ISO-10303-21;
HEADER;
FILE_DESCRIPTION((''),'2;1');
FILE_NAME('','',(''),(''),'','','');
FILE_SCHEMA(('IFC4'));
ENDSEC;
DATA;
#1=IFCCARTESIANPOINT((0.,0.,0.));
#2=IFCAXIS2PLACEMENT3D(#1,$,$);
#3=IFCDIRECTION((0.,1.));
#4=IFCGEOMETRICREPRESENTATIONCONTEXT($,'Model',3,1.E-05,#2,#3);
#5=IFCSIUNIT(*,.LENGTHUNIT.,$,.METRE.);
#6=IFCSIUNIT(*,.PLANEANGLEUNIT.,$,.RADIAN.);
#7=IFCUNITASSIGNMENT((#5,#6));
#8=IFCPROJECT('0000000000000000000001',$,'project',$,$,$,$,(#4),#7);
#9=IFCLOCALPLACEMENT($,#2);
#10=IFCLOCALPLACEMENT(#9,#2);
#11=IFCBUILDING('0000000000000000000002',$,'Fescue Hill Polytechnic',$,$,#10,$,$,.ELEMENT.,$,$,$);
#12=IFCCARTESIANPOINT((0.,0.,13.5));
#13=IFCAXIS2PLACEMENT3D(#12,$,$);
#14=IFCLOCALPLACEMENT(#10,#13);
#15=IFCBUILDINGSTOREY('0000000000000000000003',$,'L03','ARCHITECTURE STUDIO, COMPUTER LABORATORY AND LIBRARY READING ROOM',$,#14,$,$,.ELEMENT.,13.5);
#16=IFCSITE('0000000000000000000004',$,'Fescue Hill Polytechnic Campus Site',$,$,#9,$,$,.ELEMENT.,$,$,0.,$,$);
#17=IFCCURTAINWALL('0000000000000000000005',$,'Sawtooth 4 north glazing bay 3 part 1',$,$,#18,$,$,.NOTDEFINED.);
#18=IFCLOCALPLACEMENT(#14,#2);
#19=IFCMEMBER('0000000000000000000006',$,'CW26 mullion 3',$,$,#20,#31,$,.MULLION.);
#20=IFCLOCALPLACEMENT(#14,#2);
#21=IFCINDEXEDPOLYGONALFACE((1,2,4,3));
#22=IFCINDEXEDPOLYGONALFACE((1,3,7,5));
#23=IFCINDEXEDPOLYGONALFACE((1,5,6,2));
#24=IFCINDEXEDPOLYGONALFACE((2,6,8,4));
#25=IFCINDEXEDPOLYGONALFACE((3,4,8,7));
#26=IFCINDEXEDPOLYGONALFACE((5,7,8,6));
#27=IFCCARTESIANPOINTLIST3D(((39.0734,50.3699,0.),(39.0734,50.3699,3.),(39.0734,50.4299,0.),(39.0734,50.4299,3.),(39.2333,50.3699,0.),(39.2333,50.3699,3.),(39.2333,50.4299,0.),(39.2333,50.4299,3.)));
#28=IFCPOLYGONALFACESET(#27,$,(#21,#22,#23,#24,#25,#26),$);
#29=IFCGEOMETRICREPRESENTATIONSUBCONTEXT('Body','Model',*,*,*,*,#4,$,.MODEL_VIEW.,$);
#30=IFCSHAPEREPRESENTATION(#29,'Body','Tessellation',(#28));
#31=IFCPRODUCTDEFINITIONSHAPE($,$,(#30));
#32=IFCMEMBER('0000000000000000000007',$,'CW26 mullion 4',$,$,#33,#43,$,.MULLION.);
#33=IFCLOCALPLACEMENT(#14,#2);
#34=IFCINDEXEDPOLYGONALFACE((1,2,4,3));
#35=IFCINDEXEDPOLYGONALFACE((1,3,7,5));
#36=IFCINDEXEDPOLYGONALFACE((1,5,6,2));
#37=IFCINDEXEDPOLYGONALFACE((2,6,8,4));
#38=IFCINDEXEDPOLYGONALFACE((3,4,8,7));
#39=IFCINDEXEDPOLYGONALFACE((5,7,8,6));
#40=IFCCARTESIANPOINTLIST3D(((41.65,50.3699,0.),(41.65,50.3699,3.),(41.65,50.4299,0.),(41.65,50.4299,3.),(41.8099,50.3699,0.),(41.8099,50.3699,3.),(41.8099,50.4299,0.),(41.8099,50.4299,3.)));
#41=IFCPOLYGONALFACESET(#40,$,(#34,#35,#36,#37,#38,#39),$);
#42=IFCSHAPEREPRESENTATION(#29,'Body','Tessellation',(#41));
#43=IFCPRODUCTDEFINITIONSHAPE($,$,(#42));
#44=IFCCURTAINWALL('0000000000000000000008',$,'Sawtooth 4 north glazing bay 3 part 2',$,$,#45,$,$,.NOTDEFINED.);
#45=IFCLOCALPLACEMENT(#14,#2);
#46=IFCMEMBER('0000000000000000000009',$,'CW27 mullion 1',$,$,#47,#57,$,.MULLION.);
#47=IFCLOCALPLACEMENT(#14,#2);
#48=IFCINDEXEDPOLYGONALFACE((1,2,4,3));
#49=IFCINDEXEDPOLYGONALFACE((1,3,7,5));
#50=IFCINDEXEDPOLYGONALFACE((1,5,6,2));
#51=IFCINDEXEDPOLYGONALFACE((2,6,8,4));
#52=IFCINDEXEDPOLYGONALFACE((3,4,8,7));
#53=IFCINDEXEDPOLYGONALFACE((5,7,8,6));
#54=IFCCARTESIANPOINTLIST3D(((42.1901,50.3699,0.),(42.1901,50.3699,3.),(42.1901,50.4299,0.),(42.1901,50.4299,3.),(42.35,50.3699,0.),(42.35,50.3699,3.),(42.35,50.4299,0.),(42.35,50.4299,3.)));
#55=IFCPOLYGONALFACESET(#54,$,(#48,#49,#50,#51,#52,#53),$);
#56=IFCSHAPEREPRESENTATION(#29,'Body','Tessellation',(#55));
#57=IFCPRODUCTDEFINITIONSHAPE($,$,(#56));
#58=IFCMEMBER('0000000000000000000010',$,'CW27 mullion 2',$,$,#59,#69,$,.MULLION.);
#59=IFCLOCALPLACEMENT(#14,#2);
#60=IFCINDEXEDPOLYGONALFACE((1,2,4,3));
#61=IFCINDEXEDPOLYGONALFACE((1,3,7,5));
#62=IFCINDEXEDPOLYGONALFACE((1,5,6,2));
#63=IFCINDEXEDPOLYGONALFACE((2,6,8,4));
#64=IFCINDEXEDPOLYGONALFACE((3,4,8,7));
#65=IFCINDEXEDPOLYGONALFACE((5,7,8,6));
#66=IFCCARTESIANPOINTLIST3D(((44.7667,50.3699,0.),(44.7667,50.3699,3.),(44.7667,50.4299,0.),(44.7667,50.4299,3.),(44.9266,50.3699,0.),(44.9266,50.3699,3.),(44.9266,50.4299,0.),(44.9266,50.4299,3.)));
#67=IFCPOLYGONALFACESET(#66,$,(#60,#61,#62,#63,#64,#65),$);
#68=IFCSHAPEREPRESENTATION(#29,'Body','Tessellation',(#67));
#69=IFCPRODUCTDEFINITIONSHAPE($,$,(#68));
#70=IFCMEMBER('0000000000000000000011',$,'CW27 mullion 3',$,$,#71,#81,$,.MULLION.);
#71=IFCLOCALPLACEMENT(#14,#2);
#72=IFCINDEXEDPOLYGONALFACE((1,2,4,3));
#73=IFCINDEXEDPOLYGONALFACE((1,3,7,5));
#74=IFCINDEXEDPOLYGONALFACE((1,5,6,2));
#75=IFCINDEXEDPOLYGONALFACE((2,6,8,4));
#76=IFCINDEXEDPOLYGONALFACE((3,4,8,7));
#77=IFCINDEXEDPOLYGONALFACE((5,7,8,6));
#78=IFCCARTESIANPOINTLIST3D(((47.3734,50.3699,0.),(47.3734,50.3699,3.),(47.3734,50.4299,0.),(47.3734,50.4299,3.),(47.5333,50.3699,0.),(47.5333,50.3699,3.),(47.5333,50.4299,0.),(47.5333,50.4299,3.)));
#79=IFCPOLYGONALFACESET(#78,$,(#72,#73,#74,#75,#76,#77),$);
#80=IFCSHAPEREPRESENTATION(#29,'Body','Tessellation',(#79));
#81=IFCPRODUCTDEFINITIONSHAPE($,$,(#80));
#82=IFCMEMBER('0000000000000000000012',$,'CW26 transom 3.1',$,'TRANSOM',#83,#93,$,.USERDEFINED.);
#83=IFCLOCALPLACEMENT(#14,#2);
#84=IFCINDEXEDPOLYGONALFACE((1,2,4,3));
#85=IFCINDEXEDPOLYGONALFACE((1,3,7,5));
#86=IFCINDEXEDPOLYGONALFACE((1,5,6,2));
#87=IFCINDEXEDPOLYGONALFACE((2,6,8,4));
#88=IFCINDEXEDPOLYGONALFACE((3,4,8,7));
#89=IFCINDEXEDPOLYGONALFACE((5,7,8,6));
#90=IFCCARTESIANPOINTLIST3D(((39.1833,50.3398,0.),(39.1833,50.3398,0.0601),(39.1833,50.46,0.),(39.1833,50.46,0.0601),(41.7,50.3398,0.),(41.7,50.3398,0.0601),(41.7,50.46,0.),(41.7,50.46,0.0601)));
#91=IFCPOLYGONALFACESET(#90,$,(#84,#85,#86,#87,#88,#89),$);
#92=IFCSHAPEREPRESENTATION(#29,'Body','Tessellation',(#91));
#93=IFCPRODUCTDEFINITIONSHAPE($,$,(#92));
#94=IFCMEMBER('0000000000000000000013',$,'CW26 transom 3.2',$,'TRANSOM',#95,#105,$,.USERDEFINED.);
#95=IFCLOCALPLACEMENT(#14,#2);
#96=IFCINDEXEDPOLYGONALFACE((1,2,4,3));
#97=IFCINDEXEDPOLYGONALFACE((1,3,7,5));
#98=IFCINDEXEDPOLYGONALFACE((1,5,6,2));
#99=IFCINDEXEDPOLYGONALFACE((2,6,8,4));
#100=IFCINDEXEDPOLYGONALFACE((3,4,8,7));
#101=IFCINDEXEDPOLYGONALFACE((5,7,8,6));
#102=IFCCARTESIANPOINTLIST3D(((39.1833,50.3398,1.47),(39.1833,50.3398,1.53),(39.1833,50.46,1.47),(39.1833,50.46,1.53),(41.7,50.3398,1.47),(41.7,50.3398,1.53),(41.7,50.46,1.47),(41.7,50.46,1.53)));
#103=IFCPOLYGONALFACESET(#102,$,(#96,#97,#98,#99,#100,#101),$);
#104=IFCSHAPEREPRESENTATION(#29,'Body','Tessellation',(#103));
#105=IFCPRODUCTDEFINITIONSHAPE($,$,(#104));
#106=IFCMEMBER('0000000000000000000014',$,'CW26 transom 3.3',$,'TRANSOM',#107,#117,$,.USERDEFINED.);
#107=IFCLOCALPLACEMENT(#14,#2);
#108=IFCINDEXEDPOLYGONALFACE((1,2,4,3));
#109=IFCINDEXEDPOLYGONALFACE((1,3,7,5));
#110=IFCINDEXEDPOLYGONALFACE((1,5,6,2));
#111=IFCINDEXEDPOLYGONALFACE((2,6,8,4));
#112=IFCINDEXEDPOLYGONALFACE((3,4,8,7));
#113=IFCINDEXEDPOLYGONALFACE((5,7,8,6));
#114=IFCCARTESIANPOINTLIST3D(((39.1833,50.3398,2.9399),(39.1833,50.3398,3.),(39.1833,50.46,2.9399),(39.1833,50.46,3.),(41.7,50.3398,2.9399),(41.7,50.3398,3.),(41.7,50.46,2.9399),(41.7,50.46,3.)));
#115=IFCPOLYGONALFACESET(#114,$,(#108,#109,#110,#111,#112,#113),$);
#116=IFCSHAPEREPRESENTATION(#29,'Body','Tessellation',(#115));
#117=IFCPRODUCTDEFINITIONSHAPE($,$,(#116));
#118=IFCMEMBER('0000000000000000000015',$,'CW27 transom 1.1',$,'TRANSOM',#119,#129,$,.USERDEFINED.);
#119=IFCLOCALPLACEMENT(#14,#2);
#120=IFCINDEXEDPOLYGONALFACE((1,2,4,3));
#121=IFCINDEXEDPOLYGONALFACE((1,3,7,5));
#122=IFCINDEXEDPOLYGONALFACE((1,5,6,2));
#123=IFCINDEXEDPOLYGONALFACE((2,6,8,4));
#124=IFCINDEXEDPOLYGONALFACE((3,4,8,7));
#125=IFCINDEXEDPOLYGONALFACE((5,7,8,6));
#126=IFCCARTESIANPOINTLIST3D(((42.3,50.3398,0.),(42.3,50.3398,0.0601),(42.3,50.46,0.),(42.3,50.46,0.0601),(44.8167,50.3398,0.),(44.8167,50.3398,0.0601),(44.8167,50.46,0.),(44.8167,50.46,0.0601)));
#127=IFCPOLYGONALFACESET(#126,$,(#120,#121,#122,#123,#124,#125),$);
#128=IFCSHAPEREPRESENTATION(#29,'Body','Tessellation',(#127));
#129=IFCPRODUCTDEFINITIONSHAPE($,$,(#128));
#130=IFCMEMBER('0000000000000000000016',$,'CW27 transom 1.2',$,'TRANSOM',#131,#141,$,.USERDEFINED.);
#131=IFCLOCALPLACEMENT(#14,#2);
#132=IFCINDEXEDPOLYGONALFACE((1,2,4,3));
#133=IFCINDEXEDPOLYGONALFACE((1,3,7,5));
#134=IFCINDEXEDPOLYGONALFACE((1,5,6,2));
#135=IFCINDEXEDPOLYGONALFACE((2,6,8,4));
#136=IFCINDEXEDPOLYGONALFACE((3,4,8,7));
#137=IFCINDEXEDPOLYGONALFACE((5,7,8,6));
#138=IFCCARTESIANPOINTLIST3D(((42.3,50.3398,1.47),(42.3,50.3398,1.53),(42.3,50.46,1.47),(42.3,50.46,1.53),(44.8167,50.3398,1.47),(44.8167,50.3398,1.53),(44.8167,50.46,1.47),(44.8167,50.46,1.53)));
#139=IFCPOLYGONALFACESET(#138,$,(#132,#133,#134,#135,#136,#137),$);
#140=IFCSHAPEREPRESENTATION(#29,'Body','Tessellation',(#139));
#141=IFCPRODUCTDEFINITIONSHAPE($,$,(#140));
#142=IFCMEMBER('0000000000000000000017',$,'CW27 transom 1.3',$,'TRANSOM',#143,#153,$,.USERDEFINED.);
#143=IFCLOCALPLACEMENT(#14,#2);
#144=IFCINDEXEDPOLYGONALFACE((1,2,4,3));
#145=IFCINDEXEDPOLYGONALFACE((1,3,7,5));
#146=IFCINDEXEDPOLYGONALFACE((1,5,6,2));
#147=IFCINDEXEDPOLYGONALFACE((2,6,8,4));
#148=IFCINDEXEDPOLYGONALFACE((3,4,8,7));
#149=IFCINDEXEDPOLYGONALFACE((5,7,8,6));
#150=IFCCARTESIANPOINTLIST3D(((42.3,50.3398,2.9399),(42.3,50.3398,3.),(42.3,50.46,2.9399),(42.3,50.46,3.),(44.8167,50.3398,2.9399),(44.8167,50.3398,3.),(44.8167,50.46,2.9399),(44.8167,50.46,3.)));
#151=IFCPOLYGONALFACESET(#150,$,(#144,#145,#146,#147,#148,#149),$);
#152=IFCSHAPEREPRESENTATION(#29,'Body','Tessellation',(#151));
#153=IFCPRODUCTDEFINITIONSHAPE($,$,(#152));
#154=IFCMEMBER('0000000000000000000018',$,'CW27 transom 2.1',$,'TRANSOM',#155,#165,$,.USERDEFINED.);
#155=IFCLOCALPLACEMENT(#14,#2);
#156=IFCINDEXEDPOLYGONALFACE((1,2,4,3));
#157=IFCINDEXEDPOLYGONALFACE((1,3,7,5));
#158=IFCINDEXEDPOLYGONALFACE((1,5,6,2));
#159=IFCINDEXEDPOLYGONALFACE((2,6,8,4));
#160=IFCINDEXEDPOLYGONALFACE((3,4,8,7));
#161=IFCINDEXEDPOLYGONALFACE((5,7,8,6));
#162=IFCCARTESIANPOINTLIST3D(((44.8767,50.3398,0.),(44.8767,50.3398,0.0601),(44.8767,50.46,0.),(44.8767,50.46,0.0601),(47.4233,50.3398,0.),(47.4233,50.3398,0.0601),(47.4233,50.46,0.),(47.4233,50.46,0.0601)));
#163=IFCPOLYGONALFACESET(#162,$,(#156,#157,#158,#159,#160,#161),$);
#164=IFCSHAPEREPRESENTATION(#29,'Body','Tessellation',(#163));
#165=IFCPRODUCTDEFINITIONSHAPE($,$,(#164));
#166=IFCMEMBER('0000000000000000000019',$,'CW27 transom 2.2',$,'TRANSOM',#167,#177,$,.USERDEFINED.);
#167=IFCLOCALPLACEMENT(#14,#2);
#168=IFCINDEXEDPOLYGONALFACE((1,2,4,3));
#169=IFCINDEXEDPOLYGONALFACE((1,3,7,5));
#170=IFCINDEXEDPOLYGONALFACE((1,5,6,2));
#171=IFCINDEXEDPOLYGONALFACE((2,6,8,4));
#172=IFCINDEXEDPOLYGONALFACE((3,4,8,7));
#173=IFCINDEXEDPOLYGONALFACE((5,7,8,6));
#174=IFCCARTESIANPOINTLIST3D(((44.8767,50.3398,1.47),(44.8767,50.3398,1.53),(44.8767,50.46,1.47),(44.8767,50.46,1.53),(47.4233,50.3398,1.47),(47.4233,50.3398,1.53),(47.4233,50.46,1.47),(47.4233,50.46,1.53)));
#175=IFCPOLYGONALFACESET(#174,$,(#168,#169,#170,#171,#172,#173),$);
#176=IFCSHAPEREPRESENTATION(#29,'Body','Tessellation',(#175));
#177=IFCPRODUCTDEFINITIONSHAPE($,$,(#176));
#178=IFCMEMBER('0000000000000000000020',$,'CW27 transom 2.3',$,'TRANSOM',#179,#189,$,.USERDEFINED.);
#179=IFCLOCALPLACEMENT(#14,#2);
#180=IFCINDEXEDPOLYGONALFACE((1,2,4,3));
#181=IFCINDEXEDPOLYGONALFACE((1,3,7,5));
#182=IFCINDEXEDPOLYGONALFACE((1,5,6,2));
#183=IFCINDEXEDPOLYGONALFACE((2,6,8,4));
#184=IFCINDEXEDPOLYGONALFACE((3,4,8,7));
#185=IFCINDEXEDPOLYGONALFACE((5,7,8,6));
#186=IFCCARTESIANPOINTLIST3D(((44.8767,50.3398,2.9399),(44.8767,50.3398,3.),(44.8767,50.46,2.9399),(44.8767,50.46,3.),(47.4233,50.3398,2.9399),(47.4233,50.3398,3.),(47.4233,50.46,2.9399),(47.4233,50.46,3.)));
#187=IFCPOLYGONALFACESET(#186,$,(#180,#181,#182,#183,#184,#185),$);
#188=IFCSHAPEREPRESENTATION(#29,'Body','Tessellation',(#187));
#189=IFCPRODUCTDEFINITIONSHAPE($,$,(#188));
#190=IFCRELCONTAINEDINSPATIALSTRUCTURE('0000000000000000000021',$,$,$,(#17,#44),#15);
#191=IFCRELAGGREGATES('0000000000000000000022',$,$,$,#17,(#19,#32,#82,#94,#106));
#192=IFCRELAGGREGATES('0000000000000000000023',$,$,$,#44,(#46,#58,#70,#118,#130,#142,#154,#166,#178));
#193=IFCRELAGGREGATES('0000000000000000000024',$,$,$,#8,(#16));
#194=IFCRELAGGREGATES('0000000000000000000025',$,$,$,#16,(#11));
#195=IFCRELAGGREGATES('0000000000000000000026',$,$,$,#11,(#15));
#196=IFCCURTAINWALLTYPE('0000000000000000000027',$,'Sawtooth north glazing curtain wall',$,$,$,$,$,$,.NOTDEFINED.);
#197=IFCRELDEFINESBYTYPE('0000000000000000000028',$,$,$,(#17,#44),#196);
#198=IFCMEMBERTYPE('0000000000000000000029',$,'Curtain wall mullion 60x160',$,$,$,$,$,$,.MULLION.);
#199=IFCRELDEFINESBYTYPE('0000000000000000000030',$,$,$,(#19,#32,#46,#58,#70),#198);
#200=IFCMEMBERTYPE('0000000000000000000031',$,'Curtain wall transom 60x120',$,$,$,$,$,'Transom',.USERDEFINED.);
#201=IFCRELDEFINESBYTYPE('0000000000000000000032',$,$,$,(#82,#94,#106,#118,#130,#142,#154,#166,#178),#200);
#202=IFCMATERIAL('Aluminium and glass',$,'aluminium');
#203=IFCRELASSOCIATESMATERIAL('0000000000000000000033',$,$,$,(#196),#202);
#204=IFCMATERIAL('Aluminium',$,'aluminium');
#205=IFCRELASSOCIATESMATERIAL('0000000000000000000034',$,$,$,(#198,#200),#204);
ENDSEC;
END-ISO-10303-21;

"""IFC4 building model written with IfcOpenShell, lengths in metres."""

from ifc_helpers import new_model, si_unit, direction, frame, origin, origin_2d, place, context, subcontext, project, spatial, rectangle, extrude, material, material_profile, profile_set, type_object, element, aggregate, save


model = new_model("IFC4")

# Units and contexts
model_context = context("Model", 3, precision=1e-05, world=origin(), true_north=direction((0.0, 1.0)))
body_context = subcontext(model_context, "Body", "Model", "MODEL_VIEW")
ifc_project = project(units=[si_unit("LENGTHUNIT", "METRE"), si_unit("PLANEANGLEUNIT", "RADIAN")], contexts=[model_context])

# Site, building, storey
site_placement = place(None, origin())
site = spatial("IfcSite", under=ifc_project, at=site_placement, Name="Fescue Hill Polytechnic Campus Site", CompositionType="ELEMENT", RefElevation=0.0)
building_placement = place(site_placement, origin())
building = spatial("IfcBuilding", under=site, at=building_placement, Name="Fescue Hill Polytechnic", CompositionType="ELEMENT")
storey_placement = place(building_placement, frame((0.0, 0.0, 13.5)))
storey = spatial("IfcBuildingStorey", under=building, at=storey_placement, Name="L03", Description="ARCHITECTURE STUDIO, COMPUTER LABORATORY AND LIBRARY READING ROOM", CompositionType="ELEMENT", Elevation=13.5)

# Curtain walls, members
ifc_material_1 = material(Name="Aluminium and glass", Category="aluminium")
curtain_wall_type = type_object("IfcCurtainWallType", Name="Sawtooth north glazing curtain wall", PredefinedType="NOTDEFINED", material=ifc_material_1)
curtain_wall_1_placement = place(storey_placement, origin())
curtain_wall_1 = element("IfcCurtainWall", 1, at=curtain_wall_1_placement, inside=storey, type_object=curtain_wall_type, Name="Sawtooth 4 north glazing bay 3 part 1", PredefinedType="NOTDEFINED")
ifc_material_2 = material(Name="Aluminium", Category="aluminium")
ifc_material_profile_1 = material_profile(ifc_material_2, rectangle(XDim=0.0601, YDim=0.1599, at=origin_2d()), Name="Curtain wall mullion 60x160")
ifc_profile_set_1 = profile_set([ifc_material_profile_1], Name="Aluminium")
member_type_1 = type_object("IfcMemberType", Name="Curtain wall mullion 60x160", PredefinedType="MULLION", material=ifc_profile_set_1)
member_1_placement = place(storey_placement, frame((39.1533, 50.3999, 0.0), z_axis=(0.0, 0.0, 1.0), x_axis=(0.0, 1.0, 0.0)))
member_1 = element("IfcMember", 2, at=member_1_placement, type_object=member_type_1, Name="CW26 mullion 3", PredefinedType="MULLION", context=body_context, shape_type="SweptSolid", body=[
    extrude(rectangle(XDim=0.0601, YDim=0.1599, at=origin_2d()), origin(), (0.0, 0.0, 1.0), 3.0),
])
member_2_placement = place(storey_placement, frame((41.73, 50.3999, 0.0), z_axis=(0.0, 0.0, 1.0), x_axis=(0.0, 1.0, 0.0)))
member_2 = element("IfcMember", 3, at=member_2_placement, type_object=member_type_1, Name="CW26 mullion 4", PredefinedType="MULLION", context=body_context, shape_type="SweptSolid", body=[
    extrude(rectangle(XDim=0.0601, YDim=0.1599, at=origin_2d()), origin(), (0.0, 0.0, 1.0), 3.0),
])
curtain_wall_2_placement = place(storey_placement, origin())
curtain_wall_2 = element("IfcCurtainWall", 4, at=curtain_wall_2_placement, inside=storey, type_object=curtain_wall_type, Name="Sawtooth 4 north glazing bay 3 part 2", PredefinedType="NOTDEFINED")
member_3_placement = place(storey_placement, frame((42.27, 50.3999, 0.0), z_axis=(0.0, 0.0, 1.0), x_axis=(0.0, 1.0, 0.0)))
member_3 = element("IfcMember", 5, at=member_3_placement, type_object=member_type_1, Name="CW27 mullion 1", PredefinedType="MULLION", context=body_context, shape_type="SweptSolid", body=[
    extrude(rectangle(XDim=0.0601, YDim=0.1599, at=origin_2d()), origin(), (0.0, 0.0, 1.0), 3.0),
])
member_4_placement = place(storey_placement, frame((44.8467, 50.3999, 0.0), z_axis=(0.0, 0.0, 1.0), x_axis=(0.0, 1.0, 0.0)))
member_4 = element("IfcMember", 6, at=member_4_placement, type_object=member_type_1, Name="CW27 mullion 2", PredefinedType="MULLION", context=body_context, shape_type="SweptSolid", body=[
    extrude(rectangle(XDim=0.0601, YDim=0.1599, at=origin_2d()), origin(), (0.0, 0.0, 1.0), 3.0),
])
member_5_placement = place(storey_placement, frame((47.4534, 50.3999, 0.0), z_axis=(0.0, 0.0, 1.0), x_axis=(0.0, 1.0, 0.0)))
member_5 = element("IfcMember", 7, at=member_5_placement, type_object=member_type_1, Name="CW27 mullion 3", PredefinedType="MULLION", context=body_context, shape_type="SweptSolid", body=[
    extrude(rectangle(XDim=0.0601, YDim=0.1599, at=origin_2d()), origin(), (0.0, 0.0, 1.0), 3.0),
])

# Members
ifc_material_profile_2 = material_profile(ifc_material_2, rectangle(XDim=0.1201, YDim=0.0601, at=origin_2d()), Name="Curtain wall transom 60x120")
ifc_profile_set_2 = profile_set([ifc_material_profile_2], Name="Aluminium")
member_type_2 = type_object("IfcMemberType", Name="Curtain wall transom 60x120", ElementType="Transom", PredefinedType="USERDEFINED", material=ifc_profile_set_2)
member_6_placement = place(storey_placement, frame((39.1833, 50.3999, 0.03), z_axis=(1.0, 0.0, 0.0), x_axis=(0.0, 1.0, 0.0)))
member_6 = element("IfcMember", 8, at=member_6_placement, type_object=member_type_2, Name="CW26 transom 3.1", ObjectType="TRANSOM", PredefinedType="USERDEFINED", context=body_context, shape_type="SweptSolid", body=[
    extrude(rectangle(XDim=0.1201, YDim=0.0601, at=origin_2d()), origin(), (0.0, 0.0, 1.0), 2.5166),
])
member_7_placement = place(storey_placement, frame((39.1833, 50.3999, 1.5), z_axis=(1.0, 0.0, 0.0), x_axis=(0.0, 1.0, 0.0)))
member_7 = element("IfcMember", 9, at=member_7_placement, type_object=member_type_2, Name="CW26 transom 3.2", ObjectType="TRANSOM", PredefinedType="USERDEFINED", context=body_context, shape_type="SweptSolid", body=[
    extrude(rectangle(XDim=0.1201, YDim=0.0601, at=origin_2d()), origin(), (0.0, 0.0, 1.0), 2.5166),
])
member_8_placement = place(storey_placement, frame((39.1833, 50.3999, 2.97), z_axis=(1.0, 0.0, 0.0), x_axis=(0.0, 1.0, 0.0)))
member_8 = element("IfcMember", 10, at=member_8_placement, type_object=member_type_2, Name="CW26 transom 3.3", ObjectType="TRANSOM", PredefinedType="USERDEFINED", context=body_context, shape_type="SweptSolid", body=[
    extrude(rectangle(XDim=0.1201, YDim=0.0601, at=origin_2d()), origin(), (0.0, 0.0, 1.0), 2.5166),
])
member_9_placement = place(storey_placement, frame((42.3, 50.3999, 0.03), z_axis=(1.0, 0.0, 0.0), x_axis=(0.0, 1.0, 0.0)))
member_9 = element("IfcMember", 11, at=member_9_placement, type_object=member_type_2, Name="CW27 transom 1.1", ObjectType="TRANSOM", PredefinedType="USERDEFINED", context=body_context, shape_type="SweptSolid", body=[
    extrude(rectangle(XDim=0.1201, YDim=0.0601, at=origin_2d()), origin(), (0.0, 0.0, 1.0), 2.5166),
])
member_10_placement = place(storey_placement, frame((42.3, 50.3999, 1.5), z_axis=(1.0, 0.0, 0.0), x_axis=(0.0, 1.0, 0.0)))
member_10 = element("IfcMember", 12, at=member_10_placement, type_object=member_type_2, Name="CW27 transom 1.2", ObjectType="TRANSOM", PredefinedType="USERDEFINED", context=body_context, shape_type="SweptSolid", body=[
    extrude(rectangle(XDim=0.1201, YDim=0.0601, at=origin_2d()), origin(), (0.0, 0.0, 1.0), 2.5166),
])
member_11_placement = place(storey_placement, frame((42.3, 50.3999, 2.97), z_axis=(1.0, 0.0, 0.0), x_axis=(0.0, 1.0, 0.0)))
member_11 = element("IfcMember", 13, at=member_11_placement, type_object=member_type_2, Name="CW27 transom 1.3", ObjectType="TRANSOM", PredefinedType="USERDEFINED", context=body_context, shape_type="SweptSolid", body=[
    extrude(rectangle(XDim=0.1201, YDim=0.0601, at=origin_2d()), origin(), (0.0, 0.0, 1.0), 2.5166),
])
member_12_placement = place(storey_placement, frame((44.8767, 50.3999, 0.03), z_axis=(1.0, 0.0, 0.0), x_axis=(0.0, 1.0, 0.0)))
member_12 = element("IfcMember", 14, at=member_12_placement, type_object=member_type_2, Name="CW27 transom 2.1", ObjectType="TRANSOM", PredefinedType="USERDEFINED", context=body_context, shape_type="SweptSolid", body=[
    extrude(rectangle(XDim=0.1201, YDim=0.0601, at=origin_2d()), origin(), (0.0, 0.0, 1.0), 2.5466),
])
member_13_placement = place(storey_placement, frame((44.8767, 50.3999, 1.5), z_axis=(1.0, 0.0, 0.0), x_axis=(0.0, 1.0, 0.0)))
member_13 = element("IfcMember", 15, at=member_13_placement, type_object=member_type_2, Name="CW27 transom 2.2", ObjectType="TRANSOM", PredefinedType="USERDEFINED", context=body_context, shape_type="SweptSolid", body=[
    extrude(rectangle(XDim=0.1201, YDim=0.0601, at=origin_2d()), origin(), (0.0, 0.0, 1.0), 2.5466),
])
member_14_placement = place(storey_placement, frame((44.8767, 50.3999, 2.97), z_axis=(1.0, 0.0, 0.0), x_axis=(0.0, 1.0, 0.0)))
member_14 = element("IfcMember", 16, at=member_14_placement, type_object=member_type_2, Name="CW27 transom 2.3", ObjectType="TRANSOM", PredefinedType="USERDEFINED", context=body_context, shape_type="SweptSolid", body=[
    extrude(rectangle(XDim=0.1201, YDim=0.0601, at=origin_2d()), origin(), (0.0, 0.0, 1.0), 2.5466),
])

aggregate(curtain_wall_1, [member_1, member_2, member_6, member_7, member_8])
aggregate(curtain_wall_2, [member_3, member_4, member_5, member_9, member_10, member_11, member_12, member_13, member_14])

save(model, "model.ifc")
